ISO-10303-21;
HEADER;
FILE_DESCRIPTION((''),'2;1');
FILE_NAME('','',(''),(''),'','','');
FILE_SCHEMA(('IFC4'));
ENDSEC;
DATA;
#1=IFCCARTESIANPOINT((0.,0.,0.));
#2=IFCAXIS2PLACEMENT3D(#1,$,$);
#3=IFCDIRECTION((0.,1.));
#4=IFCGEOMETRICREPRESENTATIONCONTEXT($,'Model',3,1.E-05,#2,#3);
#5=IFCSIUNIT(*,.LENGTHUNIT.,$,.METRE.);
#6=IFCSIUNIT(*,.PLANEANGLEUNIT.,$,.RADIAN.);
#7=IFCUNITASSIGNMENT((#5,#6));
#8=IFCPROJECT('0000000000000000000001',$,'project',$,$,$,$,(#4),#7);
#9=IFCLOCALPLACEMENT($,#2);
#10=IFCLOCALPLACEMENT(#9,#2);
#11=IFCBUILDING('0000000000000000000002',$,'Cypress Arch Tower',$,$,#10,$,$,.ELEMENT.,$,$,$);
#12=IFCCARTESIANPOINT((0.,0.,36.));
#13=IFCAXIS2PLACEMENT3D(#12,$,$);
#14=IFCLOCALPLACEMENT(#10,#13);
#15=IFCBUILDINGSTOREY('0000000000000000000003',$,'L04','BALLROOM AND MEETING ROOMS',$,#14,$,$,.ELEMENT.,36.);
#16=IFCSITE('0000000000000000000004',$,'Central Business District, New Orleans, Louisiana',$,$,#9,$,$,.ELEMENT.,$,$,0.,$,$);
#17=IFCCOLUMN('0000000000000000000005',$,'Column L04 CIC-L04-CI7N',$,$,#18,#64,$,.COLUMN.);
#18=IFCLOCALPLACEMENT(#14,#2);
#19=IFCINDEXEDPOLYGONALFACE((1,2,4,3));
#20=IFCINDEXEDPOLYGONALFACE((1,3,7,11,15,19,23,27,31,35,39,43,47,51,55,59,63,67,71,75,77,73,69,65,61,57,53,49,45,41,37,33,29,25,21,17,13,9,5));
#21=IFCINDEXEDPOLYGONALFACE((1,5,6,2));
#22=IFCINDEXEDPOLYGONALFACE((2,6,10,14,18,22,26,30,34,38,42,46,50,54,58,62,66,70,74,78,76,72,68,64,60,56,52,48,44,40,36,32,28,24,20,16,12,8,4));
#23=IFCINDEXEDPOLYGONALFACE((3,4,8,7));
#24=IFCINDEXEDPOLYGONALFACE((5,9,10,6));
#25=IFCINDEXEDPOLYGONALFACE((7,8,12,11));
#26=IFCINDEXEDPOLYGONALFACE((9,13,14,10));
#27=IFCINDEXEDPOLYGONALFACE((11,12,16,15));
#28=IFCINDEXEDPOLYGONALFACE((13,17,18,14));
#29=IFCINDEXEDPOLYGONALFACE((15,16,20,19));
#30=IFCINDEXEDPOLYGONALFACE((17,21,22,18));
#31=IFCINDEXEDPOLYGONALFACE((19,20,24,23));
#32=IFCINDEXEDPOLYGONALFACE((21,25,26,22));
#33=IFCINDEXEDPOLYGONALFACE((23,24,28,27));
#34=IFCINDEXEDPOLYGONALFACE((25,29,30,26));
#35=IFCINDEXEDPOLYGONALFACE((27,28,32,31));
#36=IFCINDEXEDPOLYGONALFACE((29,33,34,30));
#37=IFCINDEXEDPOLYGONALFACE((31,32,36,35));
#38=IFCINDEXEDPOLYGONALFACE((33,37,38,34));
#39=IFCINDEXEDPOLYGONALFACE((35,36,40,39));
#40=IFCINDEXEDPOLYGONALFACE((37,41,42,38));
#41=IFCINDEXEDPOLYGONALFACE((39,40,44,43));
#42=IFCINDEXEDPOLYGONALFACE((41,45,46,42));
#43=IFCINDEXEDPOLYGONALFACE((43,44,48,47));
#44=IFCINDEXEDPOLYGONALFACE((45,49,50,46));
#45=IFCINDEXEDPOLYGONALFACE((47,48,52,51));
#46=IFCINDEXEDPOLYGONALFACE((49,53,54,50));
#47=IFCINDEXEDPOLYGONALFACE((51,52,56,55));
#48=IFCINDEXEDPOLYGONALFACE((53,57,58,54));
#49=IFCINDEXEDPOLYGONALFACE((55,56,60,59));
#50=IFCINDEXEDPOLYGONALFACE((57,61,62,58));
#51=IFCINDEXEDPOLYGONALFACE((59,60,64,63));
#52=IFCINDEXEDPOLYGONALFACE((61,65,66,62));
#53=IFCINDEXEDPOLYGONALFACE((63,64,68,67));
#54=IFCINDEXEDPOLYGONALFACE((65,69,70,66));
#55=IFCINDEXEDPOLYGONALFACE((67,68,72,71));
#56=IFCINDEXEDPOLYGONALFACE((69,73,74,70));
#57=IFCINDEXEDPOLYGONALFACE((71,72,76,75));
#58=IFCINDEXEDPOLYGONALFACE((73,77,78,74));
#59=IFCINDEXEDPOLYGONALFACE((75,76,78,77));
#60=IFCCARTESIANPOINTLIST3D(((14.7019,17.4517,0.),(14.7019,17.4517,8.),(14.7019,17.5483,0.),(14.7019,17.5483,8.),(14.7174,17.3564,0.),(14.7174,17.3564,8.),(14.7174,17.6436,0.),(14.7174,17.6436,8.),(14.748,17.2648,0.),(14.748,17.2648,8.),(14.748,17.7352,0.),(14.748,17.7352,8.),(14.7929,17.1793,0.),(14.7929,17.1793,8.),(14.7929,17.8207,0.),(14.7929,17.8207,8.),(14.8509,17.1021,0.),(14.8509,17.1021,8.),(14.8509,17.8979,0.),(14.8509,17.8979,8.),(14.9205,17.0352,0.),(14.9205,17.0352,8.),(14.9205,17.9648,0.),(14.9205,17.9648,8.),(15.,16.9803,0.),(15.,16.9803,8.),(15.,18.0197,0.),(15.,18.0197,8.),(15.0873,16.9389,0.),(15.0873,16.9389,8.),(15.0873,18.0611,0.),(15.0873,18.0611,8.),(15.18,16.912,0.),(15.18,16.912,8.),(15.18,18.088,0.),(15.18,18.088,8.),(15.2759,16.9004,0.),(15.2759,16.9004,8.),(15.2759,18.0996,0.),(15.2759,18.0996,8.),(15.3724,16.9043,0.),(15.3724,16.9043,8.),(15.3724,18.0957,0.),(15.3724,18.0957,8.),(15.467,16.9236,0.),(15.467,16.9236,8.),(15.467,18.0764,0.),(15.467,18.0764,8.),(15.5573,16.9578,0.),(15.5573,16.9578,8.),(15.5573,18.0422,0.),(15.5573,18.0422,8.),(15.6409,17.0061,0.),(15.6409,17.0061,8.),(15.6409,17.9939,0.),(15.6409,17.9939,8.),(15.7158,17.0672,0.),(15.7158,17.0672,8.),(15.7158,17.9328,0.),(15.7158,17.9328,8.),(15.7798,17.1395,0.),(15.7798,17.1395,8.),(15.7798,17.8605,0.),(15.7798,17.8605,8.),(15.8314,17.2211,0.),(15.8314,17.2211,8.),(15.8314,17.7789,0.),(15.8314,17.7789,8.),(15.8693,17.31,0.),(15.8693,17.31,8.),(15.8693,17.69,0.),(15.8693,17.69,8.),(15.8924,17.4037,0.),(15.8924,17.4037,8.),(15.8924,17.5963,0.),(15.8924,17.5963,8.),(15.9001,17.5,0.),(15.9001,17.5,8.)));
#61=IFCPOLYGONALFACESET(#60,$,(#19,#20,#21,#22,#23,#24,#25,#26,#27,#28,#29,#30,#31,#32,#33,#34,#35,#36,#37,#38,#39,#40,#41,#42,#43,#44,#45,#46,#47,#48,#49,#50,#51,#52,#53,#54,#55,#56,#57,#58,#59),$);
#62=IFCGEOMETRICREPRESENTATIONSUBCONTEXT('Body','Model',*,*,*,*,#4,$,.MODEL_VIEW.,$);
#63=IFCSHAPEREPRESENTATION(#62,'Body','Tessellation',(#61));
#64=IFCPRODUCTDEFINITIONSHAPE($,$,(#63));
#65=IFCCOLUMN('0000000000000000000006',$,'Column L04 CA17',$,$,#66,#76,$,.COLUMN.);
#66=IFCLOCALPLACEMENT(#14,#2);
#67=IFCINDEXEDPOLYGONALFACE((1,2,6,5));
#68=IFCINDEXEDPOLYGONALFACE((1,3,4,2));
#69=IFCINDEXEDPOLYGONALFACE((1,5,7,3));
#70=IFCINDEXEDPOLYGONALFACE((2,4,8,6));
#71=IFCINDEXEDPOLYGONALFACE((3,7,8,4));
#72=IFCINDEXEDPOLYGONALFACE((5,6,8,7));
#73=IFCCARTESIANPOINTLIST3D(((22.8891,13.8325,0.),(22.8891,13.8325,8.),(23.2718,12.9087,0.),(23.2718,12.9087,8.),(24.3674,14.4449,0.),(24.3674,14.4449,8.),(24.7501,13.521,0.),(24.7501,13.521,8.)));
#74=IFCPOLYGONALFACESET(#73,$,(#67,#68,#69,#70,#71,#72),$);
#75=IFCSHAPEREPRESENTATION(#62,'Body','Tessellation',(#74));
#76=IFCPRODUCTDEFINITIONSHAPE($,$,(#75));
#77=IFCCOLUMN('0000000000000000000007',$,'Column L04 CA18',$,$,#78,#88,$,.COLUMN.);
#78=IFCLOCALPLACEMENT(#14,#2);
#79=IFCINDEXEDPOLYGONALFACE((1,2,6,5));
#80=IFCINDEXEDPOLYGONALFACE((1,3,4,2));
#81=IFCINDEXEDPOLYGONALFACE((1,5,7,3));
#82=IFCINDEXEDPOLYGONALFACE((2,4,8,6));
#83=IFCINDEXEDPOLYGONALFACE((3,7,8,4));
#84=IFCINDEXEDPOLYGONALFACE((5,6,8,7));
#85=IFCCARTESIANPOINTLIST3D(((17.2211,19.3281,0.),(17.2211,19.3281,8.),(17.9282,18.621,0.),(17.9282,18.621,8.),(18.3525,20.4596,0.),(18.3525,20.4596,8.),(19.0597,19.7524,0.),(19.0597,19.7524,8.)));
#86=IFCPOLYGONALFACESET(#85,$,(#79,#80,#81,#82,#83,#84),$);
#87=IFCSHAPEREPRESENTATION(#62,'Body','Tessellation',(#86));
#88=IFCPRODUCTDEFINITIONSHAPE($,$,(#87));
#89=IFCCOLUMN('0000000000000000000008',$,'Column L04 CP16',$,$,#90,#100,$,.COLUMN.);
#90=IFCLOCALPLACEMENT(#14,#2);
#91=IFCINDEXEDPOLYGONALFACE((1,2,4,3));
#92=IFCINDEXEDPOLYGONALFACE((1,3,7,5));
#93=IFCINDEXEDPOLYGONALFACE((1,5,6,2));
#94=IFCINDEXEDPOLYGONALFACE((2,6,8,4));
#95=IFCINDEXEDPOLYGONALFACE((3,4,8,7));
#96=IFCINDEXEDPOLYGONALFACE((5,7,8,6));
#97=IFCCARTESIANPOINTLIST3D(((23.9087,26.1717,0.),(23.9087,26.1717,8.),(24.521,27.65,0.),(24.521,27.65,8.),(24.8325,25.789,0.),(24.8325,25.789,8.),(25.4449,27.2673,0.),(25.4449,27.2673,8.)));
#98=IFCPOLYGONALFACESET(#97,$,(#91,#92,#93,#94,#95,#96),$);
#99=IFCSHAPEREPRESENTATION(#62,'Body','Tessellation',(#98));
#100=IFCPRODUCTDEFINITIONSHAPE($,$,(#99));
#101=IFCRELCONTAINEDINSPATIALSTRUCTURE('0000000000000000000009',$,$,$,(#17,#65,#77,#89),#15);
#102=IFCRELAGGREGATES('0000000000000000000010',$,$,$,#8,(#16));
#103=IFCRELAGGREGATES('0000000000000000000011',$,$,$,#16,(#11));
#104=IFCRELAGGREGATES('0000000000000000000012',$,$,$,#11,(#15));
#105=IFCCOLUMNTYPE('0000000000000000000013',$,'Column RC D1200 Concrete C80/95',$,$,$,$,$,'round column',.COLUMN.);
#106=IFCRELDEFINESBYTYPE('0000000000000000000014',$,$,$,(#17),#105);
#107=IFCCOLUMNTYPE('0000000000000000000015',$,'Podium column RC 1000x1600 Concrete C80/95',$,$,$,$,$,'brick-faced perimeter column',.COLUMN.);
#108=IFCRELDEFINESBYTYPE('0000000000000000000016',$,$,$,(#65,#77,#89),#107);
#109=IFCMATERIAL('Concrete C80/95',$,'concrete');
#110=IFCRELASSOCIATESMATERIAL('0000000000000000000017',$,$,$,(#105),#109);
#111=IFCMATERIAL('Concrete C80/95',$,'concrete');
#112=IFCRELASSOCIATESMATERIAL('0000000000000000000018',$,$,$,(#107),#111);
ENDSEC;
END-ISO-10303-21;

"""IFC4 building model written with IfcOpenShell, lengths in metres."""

from ifc_helpers import new_model, si_unit, direction, frame, origin, origin_2d, place, context, subcontext, project, spatial, rectangle, circle, extrude, material, material_profile, profile_set, type_object, element, save


model = new_model("IFC4")

# Units and contexts
model_context = context("Model", 3, precision=1e-05, world=origin(), true_north=direction((0.0, 1.0)))
body_context = subcontext(model_context, "Body", "Model", "MODEL_VIEW")
ifc_project = project(units=[si_unit("LENGTHUNIT", "METRE"), si_unit("PLANEANGLEUNIT", "RADIAN")], contexts=[model_context])

# Site, building, storey
site_placement = place(None, origin())
site = spatial("IfcSite", under=ifc_project, at=site_placement, Name="Central Business District, New Orleans, Louisiana", CompositionType="ELEMENT", RefElevation=0.0)
building_placement = place(site_placement, origin())
building = spatial("IfcBuilding", under=site, at=building_placement, Name="Cypress Arch Tower", CompositionType="ELEMENT")
storey_placement = place(building_placement, frame((0.0, 0.0, 36.0)))
storey = spatial("IfcBuildingStorey", under=building, at=storey_placement, Name="L04", Description="BALLROOM AND MEETING ROOMS", CompositionType="ELEMENT", Elevation=36.0)

# Columns
ifc_material_1 = material(Name="Concrete C80/95", Category="concrete")
ifc_material_profile_1 = material_profile(ifc_material_1, circle(Radius=0.6001, at=origin_2d()), Name="RC D1200")
ifc_profile_set_1 = profile_set([ifc_material_profile_1], Name="Concrete C80/95")
column_type_1 = type_object("IfcColumnType", Name="Column RC D1200 Concrete C80/95", ElementType="round column", PredefinedType="COLUMN", material=ifc_profile_set_1)
column_placement = place(storey_placement, frame((15.3, 17.5, 0.0), z_axis=(0.0, 0.0, 1.0), x_axis=(1.0, 0.0, 0.0)))
element("IfcColumn", 1, at=column_placement, inside=storey, type_object=column_type_1, Name="Column L04 CIC-L04-CI7N", PredefinedType="COLUMN", context=body_context, shape_type="SweptSolid", body=[
    extrude(circle(Radius=0.6001, at=origin_2d()), origin(), (0.0, 0.0, 1.0), 8.0),
])
ifc_material_2 = material(Name="Concrete C80/95", Category="concrete")
ifc_material_profile_2 = material_profile(ifc_material_2, rectangle(XDim=1.0, YDim=1.6001, at=origin_2d()), Name="RC 1000x1600")
ifc_profile_set_2 = profile_set([ifc_material_profile_2], Name="Concrete C80/95")
column_type_2 = type_object("IfcColumnType", Name="Podium column RC 1000x1600 Concrete C80/95", ElementType="brick-faced perimeter column", PredefinedType="COLUMN", material=ifc_profile_set_2)
for number, where, z_axis, x_axis, name in (
    (2, (23.8196, 13.6768, 0.0), (0.0, 0.0, 1.0), (-0.382683, 0.92388, 0.0), "Column L04 CA17"),
    (3, (18.1404, 19.5403, 0.0), (0.0, 0.0, 1.0), (-0.707107, 0.707107, 0.0), "Column L04 CA18"),
    (4, (24.6768, 26.7195, 0.0), (0.0, 0.0, 1.0), (-0.92388, 0.382683, 0.0), "Column L04 CP16"),
):
    element("IfcColumn", number, at=place(storey_placement, frame(where, z_axis=z_axis, x_axis=x_axis)), inside=storey, type_object=column_type_2, Name=name, PredefinedType="COLUMN", context=body_context, shape_type="SweptSolid", body=[
        extrude(rectangle(XDim=1.0, YDim=1.6001, at=origin_2d()), origin(), (0.0, 0.0, 1.0), 8.0),
    ])

save(model, "model.ifc")
